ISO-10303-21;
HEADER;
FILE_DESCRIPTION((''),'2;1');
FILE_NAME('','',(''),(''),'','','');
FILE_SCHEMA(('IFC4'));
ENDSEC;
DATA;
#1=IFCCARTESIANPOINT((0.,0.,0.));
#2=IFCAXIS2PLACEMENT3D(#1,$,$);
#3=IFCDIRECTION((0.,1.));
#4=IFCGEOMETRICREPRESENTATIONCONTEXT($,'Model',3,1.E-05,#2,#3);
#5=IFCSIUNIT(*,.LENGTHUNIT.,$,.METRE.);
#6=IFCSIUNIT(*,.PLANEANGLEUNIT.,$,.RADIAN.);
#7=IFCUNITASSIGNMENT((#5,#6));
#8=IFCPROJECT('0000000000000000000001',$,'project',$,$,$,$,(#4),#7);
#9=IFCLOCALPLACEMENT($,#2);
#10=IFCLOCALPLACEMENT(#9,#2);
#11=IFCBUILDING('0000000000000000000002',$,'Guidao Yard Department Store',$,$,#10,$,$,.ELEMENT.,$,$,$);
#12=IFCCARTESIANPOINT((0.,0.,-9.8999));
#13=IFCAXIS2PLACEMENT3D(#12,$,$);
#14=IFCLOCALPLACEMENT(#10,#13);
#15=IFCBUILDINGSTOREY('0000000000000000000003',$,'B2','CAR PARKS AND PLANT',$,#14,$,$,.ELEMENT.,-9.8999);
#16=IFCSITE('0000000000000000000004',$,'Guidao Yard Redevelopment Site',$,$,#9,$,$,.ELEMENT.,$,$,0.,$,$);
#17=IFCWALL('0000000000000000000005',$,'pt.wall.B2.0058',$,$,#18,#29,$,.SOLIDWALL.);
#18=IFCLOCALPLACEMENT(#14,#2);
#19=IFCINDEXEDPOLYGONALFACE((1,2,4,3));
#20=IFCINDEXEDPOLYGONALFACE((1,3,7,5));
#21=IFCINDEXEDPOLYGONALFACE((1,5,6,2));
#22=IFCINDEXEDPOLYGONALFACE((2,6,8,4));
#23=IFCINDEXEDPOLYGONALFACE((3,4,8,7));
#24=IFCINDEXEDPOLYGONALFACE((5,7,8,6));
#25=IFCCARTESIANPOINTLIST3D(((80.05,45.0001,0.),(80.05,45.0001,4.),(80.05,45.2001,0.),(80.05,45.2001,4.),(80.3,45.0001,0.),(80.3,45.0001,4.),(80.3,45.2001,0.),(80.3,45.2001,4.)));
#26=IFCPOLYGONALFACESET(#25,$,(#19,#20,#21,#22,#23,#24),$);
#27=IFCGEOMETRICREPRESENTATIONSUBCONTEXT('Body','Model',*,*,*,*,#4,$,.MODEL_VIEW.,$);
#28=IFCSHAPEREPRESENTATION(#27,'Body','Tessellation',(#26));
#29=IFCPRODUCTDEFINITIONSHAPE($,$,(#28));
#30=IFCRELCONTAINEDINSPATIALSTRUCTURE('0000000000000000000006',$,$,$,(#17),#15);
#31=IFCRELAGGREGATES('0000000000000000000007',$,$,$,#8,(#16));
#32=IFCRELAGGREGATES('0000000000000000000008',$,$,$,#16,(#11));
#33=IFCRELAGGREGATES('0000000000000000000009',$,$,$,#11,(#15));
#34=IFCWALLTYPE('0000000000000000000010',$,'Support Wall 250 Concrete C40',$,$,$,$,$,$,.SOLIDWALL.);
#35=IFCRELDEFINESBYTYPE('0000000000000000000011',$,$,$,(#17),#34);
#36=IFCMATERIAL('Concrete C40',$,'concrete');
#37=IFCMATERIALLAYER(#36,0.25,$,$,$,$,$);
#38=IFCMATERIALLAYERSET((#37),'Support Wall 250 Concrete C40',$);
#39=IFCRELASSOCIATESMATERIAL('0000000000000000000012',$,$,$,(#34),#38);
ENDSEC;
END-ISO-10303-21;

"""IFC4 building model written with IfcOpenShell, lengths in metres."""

from ifc_helpers import new_model, si_unit, direction, frame, frame_2d, origin, place, context, subcontext, project, spatial, rectangle, extrude, material, layer, layer_set, type_object, element, save


model = new_model("IFC4")

# Units and contexts
model_context = context("Model", 3, precision=1e-05, world=origin(), true_north=direction((0.0, 1.0)))
body_context = subcontext(model_context, "Body", "Model", "MODEL_VIEW")
ifc_project = project(units=[si_unit("LENGTHUNIT", "METRE"), si_unit("PLANEANGLEUNIT", "RADIAN")], contexts=[model_context])

# Site, building, storey
site_placement = place(None, origin())
site = spatial("IfcSite", under=ifc_project, at=site_placement, Name="Guidao Yard Redevelopment Site", CompositionType="ELEMENT", RefElevation=0.0)
building_placement = place(site_placement, origin())
building = spatial("IfcBuilding", under=site, at=building_placement, Name="Guidao Yard Department Store", CompositionType="ELEMENT")
storey_placement = place(building_placement, frame((0.0, 0.0, -9.8999)))
storey = spatial("IfcBuildingStorey", under=building, at=storey_placement, Name="B2", Description="CAR PARKS AND PLANT", CompositionType="ELEMENT", Elevation=-9.8999)

# Shared definitions
ifc_material_1 = material(Name="Concrete C40", Category="concrete")
ifc_layer = layer(ifc_material_1, 0.25)
ifc_layer_set = layer_set([ifc_layer], Name="Support Wall 250 Concrete C40")
wall_type = type_object("IfcWallType", Name="Support Wall 250 Concrete C40", PredefinedType="SOLIDWALL", material=ifc_layer_set)

# Wall
wall_1_placement = place(storey_placement, frame((80.175, 45.0, 0.0), z_axis=(0.0, 0.0, 1.0), x_axis=(0.0, 1.0, 0.0)))
element("IfcWall", 1, at=wall_1_placement, inside=storey, type_object=wall_type, Name="pt.wall.B2.0058", PredefinedType="SOLIDWALL", context=body_context, shape_type="SweptSolid", body=[
    extrude(rectangle(XDim=0.2, YDim=0.25, at=frame_2d((0.1001, 0.0))), origin(), (0.0, 0.0, 1.0), 4.0),
])

save(model, "model.ifc")
